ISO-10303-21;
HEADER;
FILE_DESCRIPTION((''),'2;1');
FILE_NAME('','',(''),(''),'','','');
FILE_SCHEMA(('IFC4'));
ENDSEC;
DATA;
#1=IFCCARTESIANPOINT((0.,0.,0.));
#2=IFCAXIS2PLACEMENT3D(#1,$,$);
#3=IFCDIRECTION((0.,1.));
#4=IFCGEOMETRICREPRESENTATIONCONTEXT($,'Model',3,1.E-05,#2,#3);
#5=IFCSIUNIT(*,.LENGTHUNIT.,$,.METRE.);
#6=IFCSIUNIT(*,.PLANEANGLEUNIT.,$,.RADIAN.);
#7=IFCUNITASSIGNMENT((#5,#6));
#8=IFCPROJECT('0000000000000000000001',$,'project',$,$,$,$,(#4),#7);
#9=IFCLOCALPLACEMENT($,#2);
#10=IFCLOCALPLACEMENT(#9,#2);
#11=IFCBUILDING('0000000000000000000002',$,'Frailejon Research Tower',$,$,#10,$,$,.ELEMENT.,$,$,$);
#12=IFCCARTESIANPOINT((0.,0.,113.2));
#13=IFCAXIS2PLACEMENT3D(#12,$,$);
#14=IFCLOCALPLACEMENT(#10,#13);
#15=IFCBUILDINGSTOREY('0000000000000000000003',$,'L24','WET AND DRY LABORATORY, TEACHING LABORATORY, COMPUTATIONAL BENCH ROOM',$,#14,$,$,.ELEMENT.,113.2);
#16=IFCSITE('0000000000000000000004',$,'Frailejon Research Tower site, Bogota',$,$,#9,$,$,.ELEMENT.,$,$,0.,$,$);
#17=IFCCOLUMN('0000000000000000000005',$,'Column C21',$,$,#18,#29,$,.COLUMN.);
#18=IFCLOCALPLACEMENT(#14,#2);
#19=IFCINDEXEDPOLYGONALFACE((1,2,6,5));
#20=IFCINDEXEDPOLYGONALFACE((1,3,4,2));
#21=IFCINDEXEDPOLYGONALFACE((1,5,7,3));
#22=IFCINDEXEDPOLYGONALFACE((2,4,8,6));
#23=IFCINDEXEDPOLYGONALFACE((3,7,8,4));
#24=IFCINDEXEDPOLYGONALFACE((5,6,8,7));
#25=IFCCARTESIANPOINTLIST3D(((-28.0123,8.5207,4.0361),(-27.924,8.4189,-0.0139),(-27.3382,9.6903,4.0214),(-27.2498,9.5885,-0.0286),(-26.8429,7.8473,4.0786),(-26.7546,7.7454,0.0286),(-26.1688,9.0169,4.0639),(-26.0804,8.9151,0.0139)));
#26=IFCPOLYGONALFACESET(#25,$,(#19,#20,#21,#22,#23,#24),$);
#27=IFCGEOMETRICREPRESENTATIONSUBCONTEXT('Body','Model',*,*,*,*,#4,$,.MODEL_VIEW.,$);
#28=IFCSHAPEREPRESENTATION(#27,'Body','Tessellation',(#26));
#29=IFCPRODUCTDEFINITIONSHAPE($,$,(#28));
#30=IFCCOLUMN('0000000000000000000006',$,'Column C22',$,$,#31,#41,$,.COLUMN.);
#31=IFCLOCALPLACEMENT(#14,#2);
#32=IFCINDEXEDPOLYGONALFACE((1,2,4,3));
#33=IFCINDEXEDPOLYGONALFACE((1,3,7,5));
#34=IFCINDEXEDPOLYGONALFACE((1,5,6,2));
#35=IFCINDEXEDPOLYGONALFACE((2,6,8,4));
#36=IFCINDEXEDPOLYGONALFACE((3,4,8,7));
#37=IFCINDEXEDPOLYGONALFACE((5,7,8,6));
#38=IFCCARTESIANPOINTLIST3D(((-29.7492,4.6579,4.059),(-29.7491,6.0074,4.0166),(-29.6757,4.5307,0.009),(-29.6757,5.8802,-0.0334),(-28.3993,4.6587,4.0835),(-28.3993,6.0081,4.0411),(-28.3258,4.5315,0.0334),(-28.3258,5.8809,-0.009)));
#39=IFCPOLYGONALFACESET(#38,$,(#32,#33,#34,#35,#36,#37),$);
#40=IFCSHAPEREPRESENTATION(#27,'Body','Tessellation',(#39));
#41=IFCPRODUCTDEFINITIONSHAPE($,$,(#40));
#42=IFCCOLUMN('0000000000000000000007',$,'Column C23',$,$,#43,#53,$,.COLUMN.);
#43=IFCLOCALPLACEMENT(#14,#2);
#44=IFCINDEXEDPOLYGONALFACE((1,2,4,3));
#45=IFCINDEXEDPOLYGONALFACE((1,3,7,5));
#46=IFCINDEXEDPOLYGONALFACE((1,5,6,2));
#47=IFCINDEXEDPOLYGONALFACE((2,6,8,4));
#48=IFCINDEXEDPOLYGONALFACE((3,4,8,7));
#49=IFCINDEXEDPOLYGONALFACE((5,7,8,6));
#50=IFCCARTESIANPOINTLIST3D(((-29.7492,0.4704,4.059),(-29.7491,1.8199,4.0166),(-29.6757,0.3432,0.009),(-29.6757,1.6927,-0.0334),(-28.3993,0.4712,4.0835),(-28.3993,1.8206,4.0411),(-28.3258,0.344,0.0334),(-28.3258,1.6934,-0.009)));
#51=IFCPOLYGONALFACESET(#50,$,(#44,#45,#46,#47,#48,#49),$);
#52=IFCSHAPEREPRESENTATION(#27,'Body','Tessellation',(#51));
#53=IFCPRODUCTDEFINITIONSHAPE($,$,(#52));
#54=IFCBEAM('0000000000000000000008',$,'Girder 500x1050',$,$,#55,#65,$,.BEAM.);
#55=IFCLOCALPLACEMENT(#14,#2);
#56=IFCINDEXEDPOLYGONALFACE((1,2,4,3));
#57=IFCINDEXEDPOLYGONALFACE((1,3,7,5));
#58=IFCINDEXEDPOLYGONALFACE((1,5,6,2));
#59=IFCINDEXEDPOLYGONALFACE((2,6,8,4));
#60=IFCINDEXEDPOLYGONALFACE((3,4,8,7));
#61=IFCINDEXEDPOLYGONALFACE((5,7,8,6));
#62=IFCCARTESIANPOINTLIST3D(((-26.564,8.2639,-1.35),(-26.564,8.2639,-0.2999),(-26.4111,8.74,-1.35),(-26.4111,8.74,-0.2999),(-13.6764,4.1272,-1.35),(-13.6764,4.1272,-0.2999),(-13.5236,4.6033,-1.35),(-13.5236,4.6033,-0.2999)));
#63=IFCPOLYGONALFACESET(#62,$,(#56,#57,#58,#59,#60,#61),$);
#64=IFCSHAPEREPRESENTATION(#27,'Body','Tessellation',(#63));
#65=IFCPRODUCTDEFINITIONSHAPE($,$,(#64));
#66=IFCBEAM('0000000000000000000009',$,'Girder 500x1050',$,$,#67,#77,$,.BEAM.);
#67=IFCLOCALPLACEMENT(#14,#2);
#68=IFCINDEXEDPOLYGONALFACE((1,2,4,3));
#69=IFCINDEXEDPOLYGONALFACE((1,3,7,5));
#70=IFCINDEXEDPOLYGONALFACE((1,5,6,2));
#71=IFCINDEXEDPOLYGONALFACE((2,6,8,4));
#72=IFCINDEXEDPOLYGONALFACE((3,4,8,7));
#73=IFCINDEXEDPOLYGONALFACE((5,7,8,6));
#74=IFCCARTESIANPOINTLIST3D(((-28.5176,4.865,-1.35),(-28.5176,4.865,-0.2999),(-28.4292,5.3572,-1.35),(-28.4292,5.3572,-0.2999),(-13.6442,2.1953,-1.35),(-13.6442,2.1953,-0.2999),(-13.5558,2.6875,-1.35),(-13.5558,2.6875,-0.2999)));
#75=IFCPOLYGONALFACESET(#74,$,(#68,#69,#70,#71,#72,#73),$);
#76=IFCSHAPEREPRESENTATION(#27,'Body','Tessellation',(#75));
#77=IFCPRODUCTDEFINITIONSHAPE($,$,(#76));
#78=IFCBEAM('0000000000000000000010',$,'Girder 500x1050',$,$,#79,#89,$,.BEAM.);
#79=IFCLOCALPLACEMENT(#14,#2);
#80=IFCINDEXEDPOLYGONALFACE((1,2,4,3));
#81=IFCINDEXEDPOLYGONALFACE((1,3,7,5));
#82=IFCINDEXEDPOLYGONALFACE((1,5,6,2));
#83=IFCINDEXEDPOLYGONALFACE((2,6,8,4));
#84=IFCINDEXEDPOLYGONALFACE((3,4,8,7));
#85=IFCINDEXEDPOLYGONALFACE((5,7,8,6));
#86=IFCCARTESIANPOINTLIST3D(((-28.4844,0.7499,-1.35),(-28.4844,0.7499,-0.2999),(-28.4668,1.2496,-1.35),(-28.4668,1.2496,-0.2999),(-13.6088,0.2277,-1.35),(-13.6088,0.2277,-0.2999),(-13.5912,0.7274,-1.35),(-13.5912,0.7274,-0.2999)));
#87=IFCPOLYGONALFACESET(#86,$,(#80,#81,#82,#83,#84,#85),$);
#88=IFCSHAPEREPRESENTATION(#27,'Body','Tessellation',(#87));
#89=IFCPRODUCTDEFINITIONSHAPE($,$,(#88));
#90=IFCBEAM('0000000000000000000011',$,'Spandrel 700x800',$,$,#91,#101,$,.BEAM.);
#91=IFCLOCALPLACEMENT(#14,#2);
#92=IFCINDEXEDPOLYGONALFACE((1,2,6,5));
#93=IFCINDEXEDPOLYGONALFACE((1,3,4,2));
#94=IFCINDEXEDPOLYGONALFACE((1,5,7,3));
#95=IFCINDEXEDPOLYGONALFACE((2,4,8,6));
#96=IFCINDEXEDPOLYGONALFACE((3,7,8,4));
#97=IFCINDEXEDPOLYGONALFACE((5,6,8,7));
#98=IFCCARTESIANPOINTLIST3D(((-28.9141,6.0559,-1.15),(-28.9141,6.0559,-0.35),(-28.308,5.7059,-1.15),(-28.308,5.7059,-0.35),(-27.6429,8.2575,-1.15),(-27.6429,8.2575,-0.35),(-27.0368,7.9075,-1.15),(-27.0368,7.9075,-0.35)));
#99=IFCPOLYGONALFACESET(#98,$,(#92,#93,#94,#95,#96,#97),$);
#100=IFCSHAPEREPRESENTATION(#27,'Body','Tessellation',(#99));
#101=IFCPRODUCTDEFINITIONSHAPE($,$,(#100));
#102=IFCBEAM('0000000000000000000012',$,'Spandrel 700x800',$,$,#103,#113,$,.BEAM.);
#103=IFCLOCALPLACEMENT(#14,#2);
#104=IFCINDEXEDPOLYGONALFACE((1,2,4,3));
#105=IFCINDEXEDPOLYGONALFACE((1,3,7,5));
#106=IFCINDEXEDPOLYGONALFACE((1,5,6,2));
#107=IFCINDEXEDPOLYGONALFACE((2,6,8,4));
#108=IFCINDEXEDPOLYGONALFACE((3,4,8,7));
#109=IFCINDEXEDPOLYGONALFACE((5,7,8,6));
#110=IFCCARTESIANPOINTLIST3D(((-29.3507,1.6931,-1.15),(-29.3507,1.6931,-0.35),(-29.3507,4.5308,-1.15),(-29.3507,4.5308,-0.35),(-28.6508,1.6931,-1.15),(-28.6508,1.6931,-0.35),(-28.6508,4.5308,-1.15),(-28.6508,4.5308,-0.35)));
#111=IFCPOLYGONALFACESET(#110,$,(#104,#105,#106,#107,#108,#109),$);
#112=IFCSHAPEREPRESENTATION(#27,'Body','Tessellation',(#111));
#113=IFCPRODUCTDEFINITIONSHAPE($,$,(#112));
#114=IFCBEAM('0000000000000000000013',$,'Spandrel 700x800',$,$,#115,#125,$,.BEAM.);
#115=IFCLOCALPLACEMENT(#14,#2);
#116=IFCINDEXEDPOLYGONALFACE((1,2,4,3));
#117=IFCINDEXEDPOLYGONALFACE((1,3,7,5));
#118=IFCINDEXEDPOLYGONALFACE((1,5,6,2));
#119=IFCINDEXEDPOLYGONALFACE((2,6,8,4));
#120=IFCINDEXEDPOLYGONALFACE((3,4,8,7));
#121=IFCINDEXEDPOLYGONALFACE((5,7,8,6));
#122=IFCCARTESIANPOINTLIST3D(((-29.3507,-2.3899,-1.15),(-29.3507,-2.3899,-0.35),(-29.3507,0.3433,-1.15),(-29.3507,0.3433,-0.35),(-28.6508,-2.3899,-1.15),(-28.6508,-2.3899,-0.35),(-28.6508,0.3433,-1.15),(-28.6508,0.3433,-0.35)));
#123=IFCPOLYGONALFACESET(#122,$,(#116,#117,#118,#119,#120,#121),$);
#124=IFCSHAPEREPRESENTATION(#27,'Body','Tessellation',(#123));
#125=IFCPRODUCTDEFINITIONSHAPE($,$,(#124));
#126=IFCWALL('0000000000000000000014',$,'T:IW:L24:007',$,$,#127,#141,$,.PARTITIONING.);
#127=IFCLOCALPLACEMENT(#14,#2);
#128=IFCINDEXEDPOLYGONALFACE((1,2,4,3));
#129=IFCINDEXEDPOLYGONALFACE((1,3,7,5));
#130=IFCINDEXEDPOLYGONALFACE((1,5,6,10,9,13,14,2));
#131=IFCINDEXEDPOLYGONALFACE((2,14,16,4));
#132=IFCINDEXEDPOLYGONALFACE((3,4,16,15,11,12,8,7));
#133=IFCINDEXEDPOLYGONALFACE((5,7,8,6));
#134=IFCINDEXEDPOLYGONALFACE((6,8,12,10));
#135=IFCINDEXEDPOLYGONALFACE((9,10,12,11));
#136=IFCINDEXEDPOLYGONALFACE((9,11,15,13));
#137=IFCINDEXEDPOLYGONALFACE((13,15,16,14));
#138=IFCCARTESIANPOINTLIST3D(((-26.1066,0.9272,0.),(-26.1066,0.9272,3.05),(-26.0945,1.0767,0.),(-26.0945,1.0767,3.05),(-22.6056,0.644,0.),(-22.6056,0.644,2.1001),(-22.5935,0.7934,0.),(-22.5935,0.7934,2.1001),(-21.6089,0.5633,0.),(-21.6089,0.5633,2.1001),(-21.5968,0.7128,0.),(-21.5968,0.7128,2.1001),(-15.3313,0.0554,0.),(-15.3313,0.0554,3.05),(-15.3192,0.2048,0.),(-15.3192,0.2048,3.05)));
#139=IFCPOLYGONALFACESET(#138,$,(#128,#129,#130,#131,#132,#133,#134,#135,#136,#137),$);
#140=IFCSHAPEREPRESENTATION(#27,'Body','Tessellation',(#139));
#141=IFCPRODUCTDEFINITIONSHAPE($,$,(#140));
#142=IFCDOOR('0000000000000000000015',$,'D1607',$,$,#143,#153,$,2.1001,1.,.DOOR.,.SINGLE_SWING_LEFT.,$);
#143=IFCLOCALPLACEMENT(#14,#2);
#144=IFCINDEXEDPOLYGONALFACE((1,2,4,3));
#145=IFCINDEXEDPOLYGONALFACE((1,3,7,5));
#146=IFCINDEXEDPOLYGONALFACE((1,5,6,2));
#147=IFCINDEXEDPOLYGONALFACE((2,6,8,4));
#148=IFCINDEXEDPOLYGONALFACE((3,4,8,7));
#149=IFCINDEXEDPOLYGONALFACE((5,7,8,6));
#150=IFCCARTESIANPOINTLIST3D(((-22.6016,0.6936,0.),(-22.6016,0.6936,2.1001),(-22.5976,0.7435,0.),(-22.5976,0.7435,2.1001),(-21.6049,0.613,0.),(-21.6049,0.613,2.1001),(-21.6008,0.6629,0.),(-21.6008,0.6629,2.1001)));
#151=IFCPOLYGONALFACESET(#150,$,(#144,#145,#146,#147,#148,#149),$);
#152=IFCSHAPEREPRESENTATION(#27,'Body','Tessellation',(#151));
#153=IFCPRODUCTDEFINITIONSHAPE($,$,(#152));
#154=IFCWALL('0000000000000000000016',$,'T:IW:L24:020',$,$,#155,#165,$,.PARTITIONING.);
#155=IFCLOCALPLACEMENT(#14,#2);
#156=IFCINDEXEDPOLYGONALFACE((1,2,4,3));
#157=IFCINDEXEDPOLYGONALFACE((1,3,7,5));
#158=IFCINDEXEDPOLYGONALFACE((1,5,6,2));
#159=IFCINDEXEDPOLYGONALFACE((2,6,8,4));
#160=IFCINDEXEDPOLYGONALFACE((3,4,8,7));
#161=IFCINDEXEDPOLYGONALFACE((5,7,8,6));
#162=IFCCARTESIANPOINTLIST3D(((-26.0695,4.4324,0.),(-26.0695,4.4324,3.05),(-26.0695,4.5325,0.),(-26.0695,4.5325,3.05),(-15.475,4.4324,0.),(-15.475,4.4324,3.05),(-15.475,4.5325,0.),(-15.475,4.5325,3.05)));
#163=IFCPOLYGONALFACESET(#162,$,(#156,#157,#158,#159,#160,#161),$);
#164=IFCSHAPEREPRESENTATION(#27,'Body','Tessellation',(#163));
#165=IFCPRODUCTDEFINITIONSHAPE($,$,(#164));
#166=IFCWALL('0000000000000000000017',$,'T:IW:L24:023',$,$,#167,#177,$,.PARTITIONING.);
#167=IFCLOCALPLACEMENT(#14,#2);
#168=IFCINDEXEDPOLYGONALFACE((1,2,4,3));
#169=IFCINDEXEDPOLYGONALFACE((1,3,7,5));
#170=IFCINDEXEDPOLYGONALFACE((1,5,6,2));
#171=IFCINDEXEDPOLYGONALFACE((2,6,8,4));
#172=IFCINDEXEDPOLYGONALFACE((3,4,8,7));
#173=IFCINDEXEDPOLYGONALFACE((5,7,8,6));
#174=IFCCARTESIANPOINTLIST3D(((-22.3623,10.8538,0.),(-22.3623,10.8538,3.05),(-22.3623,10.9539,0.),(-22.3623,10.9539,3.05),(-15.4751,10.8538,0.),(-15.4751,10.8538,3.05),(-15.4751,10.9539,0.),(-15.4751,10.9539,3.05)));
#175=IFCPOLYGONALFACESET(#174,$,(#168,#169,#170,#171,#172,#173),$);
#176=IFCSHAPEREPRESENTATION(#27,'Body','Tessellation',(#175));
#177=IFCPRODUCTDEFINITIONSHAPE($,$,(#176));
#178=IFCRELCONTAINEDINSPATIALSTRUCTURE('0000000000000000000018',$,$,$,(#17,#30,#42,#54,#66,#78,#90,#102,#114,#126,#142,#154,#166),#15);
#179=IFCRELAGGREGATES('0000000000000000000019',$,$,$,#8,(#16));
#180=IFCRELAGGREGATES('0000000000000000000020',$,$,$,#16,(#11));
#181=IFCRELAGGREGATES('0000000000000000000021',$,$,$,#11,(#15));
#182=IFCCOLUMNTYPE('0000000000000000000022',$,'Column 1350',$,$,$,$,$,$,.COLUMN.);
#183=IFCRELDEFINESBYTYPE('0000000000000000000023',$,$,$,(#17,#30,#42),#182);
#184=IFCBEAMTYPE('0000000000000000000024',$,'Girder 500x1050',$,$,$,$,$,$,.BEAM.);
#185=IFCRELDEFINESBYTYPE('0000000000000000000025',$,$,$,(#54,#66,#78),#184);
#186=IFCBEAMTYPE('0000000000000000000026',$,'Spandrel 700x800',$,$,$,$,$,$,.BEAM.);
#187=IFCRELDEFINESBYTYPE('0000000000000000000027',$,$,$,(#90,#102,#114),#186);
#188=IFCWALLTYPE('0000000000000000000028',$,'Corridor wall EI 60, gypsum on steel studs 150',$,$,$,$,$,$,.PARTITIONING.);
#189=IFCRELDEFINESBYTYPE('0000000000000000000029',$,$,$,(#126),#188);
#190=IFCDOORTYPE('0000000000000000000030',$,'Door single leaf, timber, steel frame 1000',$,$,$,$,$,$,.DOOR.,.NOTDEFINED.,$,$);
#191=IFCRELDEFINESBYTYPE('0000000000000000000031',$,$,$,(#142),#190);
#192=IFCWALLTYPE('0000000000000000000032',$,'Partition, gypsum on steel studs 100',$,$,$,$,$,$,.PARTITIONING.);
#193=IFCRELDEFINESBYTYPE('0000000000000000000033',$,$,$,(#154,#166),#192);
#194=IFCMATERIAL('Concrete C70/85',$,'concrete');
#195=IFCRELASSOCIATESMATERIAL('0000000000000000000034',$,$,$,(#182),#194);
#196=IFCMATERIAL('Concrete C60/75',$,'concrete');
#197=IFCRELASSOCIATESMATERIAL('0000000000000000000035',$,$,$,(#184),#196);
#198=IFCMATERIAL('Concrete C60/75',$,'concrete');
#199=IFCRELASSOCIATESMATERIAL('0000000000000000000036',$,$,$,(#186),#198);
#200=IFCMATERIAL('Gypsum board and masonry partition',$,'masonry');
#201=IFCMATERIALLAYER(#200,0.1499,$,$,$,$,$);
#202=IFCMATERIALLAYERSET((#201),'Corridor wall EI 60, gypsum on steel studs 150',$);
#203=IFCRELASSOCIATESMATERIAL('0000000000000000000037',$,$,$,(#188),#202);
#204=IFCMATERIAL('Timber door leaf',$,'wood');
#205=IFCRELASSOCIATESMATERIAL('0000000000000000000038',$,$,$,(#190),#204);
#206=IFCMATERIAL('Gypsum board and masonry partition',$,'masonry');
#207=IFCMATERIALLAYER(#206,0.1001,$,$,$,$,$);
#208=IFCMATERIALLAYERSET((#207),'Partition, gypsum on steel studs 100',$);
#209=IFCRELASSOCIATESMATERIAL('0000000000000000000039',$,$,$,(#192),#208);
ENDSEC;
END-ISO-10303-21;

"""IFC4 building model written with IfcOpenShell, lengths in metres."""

from ifc_helpers import new_model, si_unit, direction, frame, frame_2d, origin, origin_2d, place, context, subcontext, project, spatial, rectangle, extrude, material, layer, layer_set, material_profile, profile_set, type_object, element, fill, save


model = new_model("IFC4")

# Units and contexts
model_context = context("Model", 3, precision=1e-05, world=origin(), true_north=direction((0.0, 1.0)))
body_context = subcontext(model_context, "Body", "Model", "MODEL_VIEW")
ifc_project = project(units=[si_unit("LENGTHUNIT", "METRE"), si_unit("PLANEANGLEUNIT", "RADIAN")], contexts=[model_context])

# Site, building, storey
site_placement = place(None, origin())
site = spatial("IfcSite", under=ifc_project, at=site_placement, Name="Frailejon Research Tower site, Bogota", CompositionType="ELEMENT", RefElevation=0.0)
building_placement = place(site_placement, origin())
building = spatial("IfcBuilding", under=site, at=building_placement, Name="Frailejon Research Tower", CompositionType="ELEMENT")
storey_placement = place(building_placement, frame((0.0, 0.0, 113.2)))
storey = spatial("IfcBuildingStorey", under=building, at=storey_placement, Name="L24", Description="WET AND DRY LABORATORY, TEACHING LABORATORY, COMPUTATIONAL BENCH ROOM", CompositionType="ELEMENT", Elevation=113.2)

# Columns
ifc_material_1 = material(Name="Concrete C70/85", Category="concrete")
ifc_material_profile_1 = material_profile(ifc_material_1, rectangle(XDim=1.3501, YDim=1.3501, at=origin_2d()), Name="Column 1350")
ifc_profile_set_1 = profile_set([ifc_material_profile_1], Name="Concrete C70/85")
column_type = type_object("IfcColumnType", Name="Column 1350", PredefinedType="COLUMN", material=ifc_profile_set_1)
column_placement = place(storey_placement, frame((-27.0022, 8.667, 0.0), z_axis=(-0.02181, 0.025123, 0.999446), x_axis=(-0.499317, -0.866351, 0.010882)))
element("IfcColumn", 1, at=column_placement, inside=storey, type_object=column_type, Name="Column C21", PredefinedType="COLUMN", context=body_context, shape_type="SweptSolid", body=[
    extrude(rectangle(XDim=1.3501, YDim=1.3501, at=origin_2d()), origin(), (0.0, 0.0, 1.0), 4.0522),
])
for number, where, z_axis, x_axis, name in (
    (2, (-29.0007, 5.2058, 0.0), (-0.018133, 0.031386, 0.999343), (-0.000022, -0.999507, 0.03139), "Column C22"),
    (3, (-29.0007, 1.0183, 0.0), (-0.018133, 0.031386, 0.999343), (-0.000022, -0.999507, 0.03139), "Column C23"),
):
    element("IfcColumn", number, at=place(storey_placement, frame(where, z_axis=z_axis, x_axis=x_axis)), inside=storey, type_object=column_type, Name=name, PredefinedType="COLUMN", context=body_context, shape_type="SweptSolid", body=[
        extrude(rectangle(XDim=1.3501, YDim=1.3501, at=origin_2d()), origin(), (0.0, 0.0, 1.0), 4.0527),
    ])

# Beams
ifc_material_2 = material(Name="Concrete C60/75", Category="concrete")
ifc_material_profile_2 = material_profile(ifc_material_2, rectangle(XDim=0.5, YDim=1.05, at=origin_2d()), Name="Girder 500x1050")
ifc_profile_set_2 = profile_set([ifc_material_profile_2], Name="Concrete C60/75")
beam_type_1 = type_object("IfcBeamType", Name="Girder 500x1050", PredefinedType="BEAM", material=ifc_profile_set_2)
beam_1_placement = place(storey_placement, frame((-26.4875, 8.502, -0.825), z_axis=(0.952151, -0.305629, 0.0), x_axis=(0.305629, 0.952151, 0.0)))
element("IfcBeam", 4, at=beam_1_placement, inside=storey, type_object=beam_type_1, Name="Girder 500x1050", PredefinedType="BEAM", context=body_context, shape_type="SweptSolid", body=[
    extrude(rectangle(XDim=0.5, YDim=1.05, at=origin_2d()), origin(), (0.0, 0.0, 1.0), 13.5352),
])
beam_2_placement = place(storey_placement, frame((-28.4734, 5.1111, -0.825), z_axis=(0.98427, -0.176671, 0.0), x_axis=(0.176671, 0.98427, 0.0)))
element("IfcBeam", 5, at=beam_2_placement, inside=storey, type_object=beam_type_1, Name="Girder 500x1050", PredefinedType="BEAM", context=body_context, shape_type="SweptSolid", body=[
    extrude(rectangle(XDim=0.5, YDim=1.05, at=origin_2d()), origin(), (0.0, 0.0, 1.0), 15.1111),
])
beam_3_placement = place(storey_placement, frame((-28.4756, 0.9998, -0.825), z_axis=(0.999384, -0.035084, 0.0), x_axis=(0.035084, 0.999384, 0.0)))
element("IfcBeam", 6, at=beam_3_placement, inside=storey, type_object=beam_type_1, Name="Girder 500x1050", PredefinedType="BEAM", context=body_context, shape_type="SweptSolid", body=[
    extrude(rectangle(XDim=0.5, YDim=1.05, at=origin_2d()), origin(), (0.0, 0.0, 1.0), 14.8848),
])
ifc_material_3 = material(Name="Concrete C60/75", Category="concrete")
ifc_material_profile_3 = material_profile(ifc_material_3, rectangle(XDim=0.7, YDim=0.8, at=origin_2d()), Name="Spandrel 700x800")
ifc_profile_set_3 = profile_set([ifc_material_profile_3], Name="Concrete C60/75")
beam_type_2 = type_object("IfcBeamType", Name="Spandrel 700x800", PredefinedType="BEAM", material=ifc_profile_set_3)
beam_4_placement = place(storey_placement, frame((-27.3398, 8.0825, -0.75), z_axis=(-0.500033, -0.866006, 0.0), x_axis=(0.866006, -0.500033, 0.0)))
element("IfcBeam", 7, at=beam_4_placement, inside=storey, type_object=beam_type_2, Name="Spandrel 700x800", PredefinedType="BEAM", context=body_context, shape_type="SweptSolid", body=[
    extrude(rectangle(XDim=0.7, YDim=0.8, at=origin_2d()), origin(), (0.0, 0.0, 1.0), 2.5422),
])
beam_5_placement = place(storey_placement, frame((-29.0007, 4.5308, -0.75), z_axis=(0.0, -1.0, 0.0), x_axis=(1.0, 0.0, 0.0)))
element("IfcBeam", 8, at=beam_5_placement, inside=storey, type_object=beam_type_2, Name="Spandrel 700x800", PredefinedType="BEAM", context=body_context, shape_type="SweptSolid", body=[
    extrude(rectangle(XDim=0.7, YDim=0.8, at=origin_2d()), origin(), (0.0, 0.0, 1.0), 2.8376),
])
beam_6_placement = place(storey_placement, frame((-29.0007, 0.3433, -0.75), z_axis=(0.0, -1.0, 0.0), x_axis=(1.0, 0.0, 0.0)))
element("IfcBeam", 9, at=beam_6_placement, inside=storey, type_object=beam_type_2, Name="Spandrel 700x800", PredefinedType="BEAM", context=body_context, shape_type="SweptSolid", body=[
    extrude(rectangle(XDim=0.7, YDim=0.8, at=origin_2d()), origin(), (0.0, 0.0, 1.0), 2.7332),
])

# Wall, opening, door
ifc_material_4 = material(Name="Gypsum board and masonry partition", Category="masonry")
ifc_layer_1 = layer(ifc_material_4, 0.1499)
ifc_layer_set_1 = layer_set([ifc_layer_1], Name="Corridor wall EI 60, gypsum on steel studs 150")
wall_type_1 = type_object("IfcWallType", Name="Corridor wall EI 60, gypsum on steel studs 150", PredefinedType="PARTITIONING", material=ifc_layer_set_1)
wall_1_placement = place(storey_placement, frame((-26.1006, 1.002, 0.0), z_axis=(0.0, 0.0, 1.0), x_axis=(0.996743, -0.080645, 0.0)))
wall_1 = element("IfcWall", 10, at=wall_1_placement, inside=storey, type_object=wall_type_1, Name="T:IW:L24:007", PredefinedType="PARTITIONING", context=body_context, shape_type="SweptSolid", body=[
    extrude(rectangle(XDim=10.8105, YDim=0.1499, at=frame_2d((5.4053, 0.0))), origin(), (0.0, 0.0, 1.0), 3.05),
])
opening_1_placement = place(wall_1_placement, frame((3.5125, 0.0, 0.0)))
opening_1 = element("IfcOpeningElement", 11, at=opening_1_placement, cuts=wall_1, PredefinedType="OPENING", context=body_context, shape_type="SweptSolid", body=[
    extrude(rectangle(XDim=1.0, YDim=2.1001, at=frame_2d((0.5, 1.05))), frame((0.0, 0.085, 0.0), z_axis=(0.0, -1.0, 0.0), x_axis=(1.0, 0.0, 0.0)), (0.0, 0.0, 1.0), 0.1699),
])
ifc_material_5 = material(Name="Timber door leaf", Category="wood")
door_type = type_object("IfcDoorType", Name="Door single leaf, timber, steel frame 1000", OperationType="NOTDEFINED", PredefinedType="DOOR", material=ifc_material_5)
door_placement = place(opening_1_placement, origin())
door = element("IfcDoor", 12, at=door_placement, inside=storey, type_object=door_type, Name="D1607", OperationType="SINGLE_SWING_LEFT", OverallHeight=2.1001, OverallWidth=1.0, PredefinedType="DOOR", context=body_context, shape_type="SweptSolid", body=[
    extrude(rectangle(XDim=1.0, YDim=2.1001, at=frame_2d((0.5, 1.05))), frame((0.0, 0.0249, 0.0), z_axis=(0.0, -1.0, 0.0), x_axis=(1.0, 0.0, 0.0)), (0.0, 0.0, 1.0), 0.05),
])
fill(opening_1, door)

# Walls
ifc_material_6 = material(Name="Gypsum board and masonry partition", Category="masonry")
ifc_layer_2 = layer(ifc_material_6, 0.1001)
ifc_layer_set_2 = layer_set([ifc_layer_2], Name="Partition, gypsum on steel studs 100")
wall_type_2 = type_object("IfcWallType", Name="Partition, gypsum on steel studs 100", PredefinedType="PARTITIONING", material=ifc_layer_set_2)
wall_2_placement = place(storey_placement, frame((-26.0696, 4.4824, 0.0), z_axis=(0.0, 0.0, 1.0), x_axis=(1.0, 0.0, 0.0)))
element("IfcWall", 13, at=wall_2_placement, inside=storey, type_object=wall_type_2, Name="T:IW:L24:020", PredefinedType="PARTITIONING", context=body_context, shape_type="SweptSolid", body=[
    extrude(rectangle(XDim=10.5945, YDim=0.1001, at=frame_2d((5.2974, 0.0))), origin(), (0.0, 0.0, 1.0), 3.05),
])
wall_3_placement = place(storey_placement, frame((-22.3623, 10.9038, 0.0), z_axis=(0.0, 0.0, 1.0), x_axis=(1.0, 0.0, 0.0)))
element("IfcWall", 14, at=wall_3_placement, inside=storey, type_object=wall_type_2, Name="T:IW:L24:023", PredefinedType="PARTITIONING", context=body_context, shape_type="SweptSolid", body=[
    extrude(rectangle(XDim=6.8872, YDim=0.1001, at=frame_2d((3.4436, 0.0))), origin(), (0.0, 0.0, 1.0), 3.05),
])

save(model, "model.ifc")
